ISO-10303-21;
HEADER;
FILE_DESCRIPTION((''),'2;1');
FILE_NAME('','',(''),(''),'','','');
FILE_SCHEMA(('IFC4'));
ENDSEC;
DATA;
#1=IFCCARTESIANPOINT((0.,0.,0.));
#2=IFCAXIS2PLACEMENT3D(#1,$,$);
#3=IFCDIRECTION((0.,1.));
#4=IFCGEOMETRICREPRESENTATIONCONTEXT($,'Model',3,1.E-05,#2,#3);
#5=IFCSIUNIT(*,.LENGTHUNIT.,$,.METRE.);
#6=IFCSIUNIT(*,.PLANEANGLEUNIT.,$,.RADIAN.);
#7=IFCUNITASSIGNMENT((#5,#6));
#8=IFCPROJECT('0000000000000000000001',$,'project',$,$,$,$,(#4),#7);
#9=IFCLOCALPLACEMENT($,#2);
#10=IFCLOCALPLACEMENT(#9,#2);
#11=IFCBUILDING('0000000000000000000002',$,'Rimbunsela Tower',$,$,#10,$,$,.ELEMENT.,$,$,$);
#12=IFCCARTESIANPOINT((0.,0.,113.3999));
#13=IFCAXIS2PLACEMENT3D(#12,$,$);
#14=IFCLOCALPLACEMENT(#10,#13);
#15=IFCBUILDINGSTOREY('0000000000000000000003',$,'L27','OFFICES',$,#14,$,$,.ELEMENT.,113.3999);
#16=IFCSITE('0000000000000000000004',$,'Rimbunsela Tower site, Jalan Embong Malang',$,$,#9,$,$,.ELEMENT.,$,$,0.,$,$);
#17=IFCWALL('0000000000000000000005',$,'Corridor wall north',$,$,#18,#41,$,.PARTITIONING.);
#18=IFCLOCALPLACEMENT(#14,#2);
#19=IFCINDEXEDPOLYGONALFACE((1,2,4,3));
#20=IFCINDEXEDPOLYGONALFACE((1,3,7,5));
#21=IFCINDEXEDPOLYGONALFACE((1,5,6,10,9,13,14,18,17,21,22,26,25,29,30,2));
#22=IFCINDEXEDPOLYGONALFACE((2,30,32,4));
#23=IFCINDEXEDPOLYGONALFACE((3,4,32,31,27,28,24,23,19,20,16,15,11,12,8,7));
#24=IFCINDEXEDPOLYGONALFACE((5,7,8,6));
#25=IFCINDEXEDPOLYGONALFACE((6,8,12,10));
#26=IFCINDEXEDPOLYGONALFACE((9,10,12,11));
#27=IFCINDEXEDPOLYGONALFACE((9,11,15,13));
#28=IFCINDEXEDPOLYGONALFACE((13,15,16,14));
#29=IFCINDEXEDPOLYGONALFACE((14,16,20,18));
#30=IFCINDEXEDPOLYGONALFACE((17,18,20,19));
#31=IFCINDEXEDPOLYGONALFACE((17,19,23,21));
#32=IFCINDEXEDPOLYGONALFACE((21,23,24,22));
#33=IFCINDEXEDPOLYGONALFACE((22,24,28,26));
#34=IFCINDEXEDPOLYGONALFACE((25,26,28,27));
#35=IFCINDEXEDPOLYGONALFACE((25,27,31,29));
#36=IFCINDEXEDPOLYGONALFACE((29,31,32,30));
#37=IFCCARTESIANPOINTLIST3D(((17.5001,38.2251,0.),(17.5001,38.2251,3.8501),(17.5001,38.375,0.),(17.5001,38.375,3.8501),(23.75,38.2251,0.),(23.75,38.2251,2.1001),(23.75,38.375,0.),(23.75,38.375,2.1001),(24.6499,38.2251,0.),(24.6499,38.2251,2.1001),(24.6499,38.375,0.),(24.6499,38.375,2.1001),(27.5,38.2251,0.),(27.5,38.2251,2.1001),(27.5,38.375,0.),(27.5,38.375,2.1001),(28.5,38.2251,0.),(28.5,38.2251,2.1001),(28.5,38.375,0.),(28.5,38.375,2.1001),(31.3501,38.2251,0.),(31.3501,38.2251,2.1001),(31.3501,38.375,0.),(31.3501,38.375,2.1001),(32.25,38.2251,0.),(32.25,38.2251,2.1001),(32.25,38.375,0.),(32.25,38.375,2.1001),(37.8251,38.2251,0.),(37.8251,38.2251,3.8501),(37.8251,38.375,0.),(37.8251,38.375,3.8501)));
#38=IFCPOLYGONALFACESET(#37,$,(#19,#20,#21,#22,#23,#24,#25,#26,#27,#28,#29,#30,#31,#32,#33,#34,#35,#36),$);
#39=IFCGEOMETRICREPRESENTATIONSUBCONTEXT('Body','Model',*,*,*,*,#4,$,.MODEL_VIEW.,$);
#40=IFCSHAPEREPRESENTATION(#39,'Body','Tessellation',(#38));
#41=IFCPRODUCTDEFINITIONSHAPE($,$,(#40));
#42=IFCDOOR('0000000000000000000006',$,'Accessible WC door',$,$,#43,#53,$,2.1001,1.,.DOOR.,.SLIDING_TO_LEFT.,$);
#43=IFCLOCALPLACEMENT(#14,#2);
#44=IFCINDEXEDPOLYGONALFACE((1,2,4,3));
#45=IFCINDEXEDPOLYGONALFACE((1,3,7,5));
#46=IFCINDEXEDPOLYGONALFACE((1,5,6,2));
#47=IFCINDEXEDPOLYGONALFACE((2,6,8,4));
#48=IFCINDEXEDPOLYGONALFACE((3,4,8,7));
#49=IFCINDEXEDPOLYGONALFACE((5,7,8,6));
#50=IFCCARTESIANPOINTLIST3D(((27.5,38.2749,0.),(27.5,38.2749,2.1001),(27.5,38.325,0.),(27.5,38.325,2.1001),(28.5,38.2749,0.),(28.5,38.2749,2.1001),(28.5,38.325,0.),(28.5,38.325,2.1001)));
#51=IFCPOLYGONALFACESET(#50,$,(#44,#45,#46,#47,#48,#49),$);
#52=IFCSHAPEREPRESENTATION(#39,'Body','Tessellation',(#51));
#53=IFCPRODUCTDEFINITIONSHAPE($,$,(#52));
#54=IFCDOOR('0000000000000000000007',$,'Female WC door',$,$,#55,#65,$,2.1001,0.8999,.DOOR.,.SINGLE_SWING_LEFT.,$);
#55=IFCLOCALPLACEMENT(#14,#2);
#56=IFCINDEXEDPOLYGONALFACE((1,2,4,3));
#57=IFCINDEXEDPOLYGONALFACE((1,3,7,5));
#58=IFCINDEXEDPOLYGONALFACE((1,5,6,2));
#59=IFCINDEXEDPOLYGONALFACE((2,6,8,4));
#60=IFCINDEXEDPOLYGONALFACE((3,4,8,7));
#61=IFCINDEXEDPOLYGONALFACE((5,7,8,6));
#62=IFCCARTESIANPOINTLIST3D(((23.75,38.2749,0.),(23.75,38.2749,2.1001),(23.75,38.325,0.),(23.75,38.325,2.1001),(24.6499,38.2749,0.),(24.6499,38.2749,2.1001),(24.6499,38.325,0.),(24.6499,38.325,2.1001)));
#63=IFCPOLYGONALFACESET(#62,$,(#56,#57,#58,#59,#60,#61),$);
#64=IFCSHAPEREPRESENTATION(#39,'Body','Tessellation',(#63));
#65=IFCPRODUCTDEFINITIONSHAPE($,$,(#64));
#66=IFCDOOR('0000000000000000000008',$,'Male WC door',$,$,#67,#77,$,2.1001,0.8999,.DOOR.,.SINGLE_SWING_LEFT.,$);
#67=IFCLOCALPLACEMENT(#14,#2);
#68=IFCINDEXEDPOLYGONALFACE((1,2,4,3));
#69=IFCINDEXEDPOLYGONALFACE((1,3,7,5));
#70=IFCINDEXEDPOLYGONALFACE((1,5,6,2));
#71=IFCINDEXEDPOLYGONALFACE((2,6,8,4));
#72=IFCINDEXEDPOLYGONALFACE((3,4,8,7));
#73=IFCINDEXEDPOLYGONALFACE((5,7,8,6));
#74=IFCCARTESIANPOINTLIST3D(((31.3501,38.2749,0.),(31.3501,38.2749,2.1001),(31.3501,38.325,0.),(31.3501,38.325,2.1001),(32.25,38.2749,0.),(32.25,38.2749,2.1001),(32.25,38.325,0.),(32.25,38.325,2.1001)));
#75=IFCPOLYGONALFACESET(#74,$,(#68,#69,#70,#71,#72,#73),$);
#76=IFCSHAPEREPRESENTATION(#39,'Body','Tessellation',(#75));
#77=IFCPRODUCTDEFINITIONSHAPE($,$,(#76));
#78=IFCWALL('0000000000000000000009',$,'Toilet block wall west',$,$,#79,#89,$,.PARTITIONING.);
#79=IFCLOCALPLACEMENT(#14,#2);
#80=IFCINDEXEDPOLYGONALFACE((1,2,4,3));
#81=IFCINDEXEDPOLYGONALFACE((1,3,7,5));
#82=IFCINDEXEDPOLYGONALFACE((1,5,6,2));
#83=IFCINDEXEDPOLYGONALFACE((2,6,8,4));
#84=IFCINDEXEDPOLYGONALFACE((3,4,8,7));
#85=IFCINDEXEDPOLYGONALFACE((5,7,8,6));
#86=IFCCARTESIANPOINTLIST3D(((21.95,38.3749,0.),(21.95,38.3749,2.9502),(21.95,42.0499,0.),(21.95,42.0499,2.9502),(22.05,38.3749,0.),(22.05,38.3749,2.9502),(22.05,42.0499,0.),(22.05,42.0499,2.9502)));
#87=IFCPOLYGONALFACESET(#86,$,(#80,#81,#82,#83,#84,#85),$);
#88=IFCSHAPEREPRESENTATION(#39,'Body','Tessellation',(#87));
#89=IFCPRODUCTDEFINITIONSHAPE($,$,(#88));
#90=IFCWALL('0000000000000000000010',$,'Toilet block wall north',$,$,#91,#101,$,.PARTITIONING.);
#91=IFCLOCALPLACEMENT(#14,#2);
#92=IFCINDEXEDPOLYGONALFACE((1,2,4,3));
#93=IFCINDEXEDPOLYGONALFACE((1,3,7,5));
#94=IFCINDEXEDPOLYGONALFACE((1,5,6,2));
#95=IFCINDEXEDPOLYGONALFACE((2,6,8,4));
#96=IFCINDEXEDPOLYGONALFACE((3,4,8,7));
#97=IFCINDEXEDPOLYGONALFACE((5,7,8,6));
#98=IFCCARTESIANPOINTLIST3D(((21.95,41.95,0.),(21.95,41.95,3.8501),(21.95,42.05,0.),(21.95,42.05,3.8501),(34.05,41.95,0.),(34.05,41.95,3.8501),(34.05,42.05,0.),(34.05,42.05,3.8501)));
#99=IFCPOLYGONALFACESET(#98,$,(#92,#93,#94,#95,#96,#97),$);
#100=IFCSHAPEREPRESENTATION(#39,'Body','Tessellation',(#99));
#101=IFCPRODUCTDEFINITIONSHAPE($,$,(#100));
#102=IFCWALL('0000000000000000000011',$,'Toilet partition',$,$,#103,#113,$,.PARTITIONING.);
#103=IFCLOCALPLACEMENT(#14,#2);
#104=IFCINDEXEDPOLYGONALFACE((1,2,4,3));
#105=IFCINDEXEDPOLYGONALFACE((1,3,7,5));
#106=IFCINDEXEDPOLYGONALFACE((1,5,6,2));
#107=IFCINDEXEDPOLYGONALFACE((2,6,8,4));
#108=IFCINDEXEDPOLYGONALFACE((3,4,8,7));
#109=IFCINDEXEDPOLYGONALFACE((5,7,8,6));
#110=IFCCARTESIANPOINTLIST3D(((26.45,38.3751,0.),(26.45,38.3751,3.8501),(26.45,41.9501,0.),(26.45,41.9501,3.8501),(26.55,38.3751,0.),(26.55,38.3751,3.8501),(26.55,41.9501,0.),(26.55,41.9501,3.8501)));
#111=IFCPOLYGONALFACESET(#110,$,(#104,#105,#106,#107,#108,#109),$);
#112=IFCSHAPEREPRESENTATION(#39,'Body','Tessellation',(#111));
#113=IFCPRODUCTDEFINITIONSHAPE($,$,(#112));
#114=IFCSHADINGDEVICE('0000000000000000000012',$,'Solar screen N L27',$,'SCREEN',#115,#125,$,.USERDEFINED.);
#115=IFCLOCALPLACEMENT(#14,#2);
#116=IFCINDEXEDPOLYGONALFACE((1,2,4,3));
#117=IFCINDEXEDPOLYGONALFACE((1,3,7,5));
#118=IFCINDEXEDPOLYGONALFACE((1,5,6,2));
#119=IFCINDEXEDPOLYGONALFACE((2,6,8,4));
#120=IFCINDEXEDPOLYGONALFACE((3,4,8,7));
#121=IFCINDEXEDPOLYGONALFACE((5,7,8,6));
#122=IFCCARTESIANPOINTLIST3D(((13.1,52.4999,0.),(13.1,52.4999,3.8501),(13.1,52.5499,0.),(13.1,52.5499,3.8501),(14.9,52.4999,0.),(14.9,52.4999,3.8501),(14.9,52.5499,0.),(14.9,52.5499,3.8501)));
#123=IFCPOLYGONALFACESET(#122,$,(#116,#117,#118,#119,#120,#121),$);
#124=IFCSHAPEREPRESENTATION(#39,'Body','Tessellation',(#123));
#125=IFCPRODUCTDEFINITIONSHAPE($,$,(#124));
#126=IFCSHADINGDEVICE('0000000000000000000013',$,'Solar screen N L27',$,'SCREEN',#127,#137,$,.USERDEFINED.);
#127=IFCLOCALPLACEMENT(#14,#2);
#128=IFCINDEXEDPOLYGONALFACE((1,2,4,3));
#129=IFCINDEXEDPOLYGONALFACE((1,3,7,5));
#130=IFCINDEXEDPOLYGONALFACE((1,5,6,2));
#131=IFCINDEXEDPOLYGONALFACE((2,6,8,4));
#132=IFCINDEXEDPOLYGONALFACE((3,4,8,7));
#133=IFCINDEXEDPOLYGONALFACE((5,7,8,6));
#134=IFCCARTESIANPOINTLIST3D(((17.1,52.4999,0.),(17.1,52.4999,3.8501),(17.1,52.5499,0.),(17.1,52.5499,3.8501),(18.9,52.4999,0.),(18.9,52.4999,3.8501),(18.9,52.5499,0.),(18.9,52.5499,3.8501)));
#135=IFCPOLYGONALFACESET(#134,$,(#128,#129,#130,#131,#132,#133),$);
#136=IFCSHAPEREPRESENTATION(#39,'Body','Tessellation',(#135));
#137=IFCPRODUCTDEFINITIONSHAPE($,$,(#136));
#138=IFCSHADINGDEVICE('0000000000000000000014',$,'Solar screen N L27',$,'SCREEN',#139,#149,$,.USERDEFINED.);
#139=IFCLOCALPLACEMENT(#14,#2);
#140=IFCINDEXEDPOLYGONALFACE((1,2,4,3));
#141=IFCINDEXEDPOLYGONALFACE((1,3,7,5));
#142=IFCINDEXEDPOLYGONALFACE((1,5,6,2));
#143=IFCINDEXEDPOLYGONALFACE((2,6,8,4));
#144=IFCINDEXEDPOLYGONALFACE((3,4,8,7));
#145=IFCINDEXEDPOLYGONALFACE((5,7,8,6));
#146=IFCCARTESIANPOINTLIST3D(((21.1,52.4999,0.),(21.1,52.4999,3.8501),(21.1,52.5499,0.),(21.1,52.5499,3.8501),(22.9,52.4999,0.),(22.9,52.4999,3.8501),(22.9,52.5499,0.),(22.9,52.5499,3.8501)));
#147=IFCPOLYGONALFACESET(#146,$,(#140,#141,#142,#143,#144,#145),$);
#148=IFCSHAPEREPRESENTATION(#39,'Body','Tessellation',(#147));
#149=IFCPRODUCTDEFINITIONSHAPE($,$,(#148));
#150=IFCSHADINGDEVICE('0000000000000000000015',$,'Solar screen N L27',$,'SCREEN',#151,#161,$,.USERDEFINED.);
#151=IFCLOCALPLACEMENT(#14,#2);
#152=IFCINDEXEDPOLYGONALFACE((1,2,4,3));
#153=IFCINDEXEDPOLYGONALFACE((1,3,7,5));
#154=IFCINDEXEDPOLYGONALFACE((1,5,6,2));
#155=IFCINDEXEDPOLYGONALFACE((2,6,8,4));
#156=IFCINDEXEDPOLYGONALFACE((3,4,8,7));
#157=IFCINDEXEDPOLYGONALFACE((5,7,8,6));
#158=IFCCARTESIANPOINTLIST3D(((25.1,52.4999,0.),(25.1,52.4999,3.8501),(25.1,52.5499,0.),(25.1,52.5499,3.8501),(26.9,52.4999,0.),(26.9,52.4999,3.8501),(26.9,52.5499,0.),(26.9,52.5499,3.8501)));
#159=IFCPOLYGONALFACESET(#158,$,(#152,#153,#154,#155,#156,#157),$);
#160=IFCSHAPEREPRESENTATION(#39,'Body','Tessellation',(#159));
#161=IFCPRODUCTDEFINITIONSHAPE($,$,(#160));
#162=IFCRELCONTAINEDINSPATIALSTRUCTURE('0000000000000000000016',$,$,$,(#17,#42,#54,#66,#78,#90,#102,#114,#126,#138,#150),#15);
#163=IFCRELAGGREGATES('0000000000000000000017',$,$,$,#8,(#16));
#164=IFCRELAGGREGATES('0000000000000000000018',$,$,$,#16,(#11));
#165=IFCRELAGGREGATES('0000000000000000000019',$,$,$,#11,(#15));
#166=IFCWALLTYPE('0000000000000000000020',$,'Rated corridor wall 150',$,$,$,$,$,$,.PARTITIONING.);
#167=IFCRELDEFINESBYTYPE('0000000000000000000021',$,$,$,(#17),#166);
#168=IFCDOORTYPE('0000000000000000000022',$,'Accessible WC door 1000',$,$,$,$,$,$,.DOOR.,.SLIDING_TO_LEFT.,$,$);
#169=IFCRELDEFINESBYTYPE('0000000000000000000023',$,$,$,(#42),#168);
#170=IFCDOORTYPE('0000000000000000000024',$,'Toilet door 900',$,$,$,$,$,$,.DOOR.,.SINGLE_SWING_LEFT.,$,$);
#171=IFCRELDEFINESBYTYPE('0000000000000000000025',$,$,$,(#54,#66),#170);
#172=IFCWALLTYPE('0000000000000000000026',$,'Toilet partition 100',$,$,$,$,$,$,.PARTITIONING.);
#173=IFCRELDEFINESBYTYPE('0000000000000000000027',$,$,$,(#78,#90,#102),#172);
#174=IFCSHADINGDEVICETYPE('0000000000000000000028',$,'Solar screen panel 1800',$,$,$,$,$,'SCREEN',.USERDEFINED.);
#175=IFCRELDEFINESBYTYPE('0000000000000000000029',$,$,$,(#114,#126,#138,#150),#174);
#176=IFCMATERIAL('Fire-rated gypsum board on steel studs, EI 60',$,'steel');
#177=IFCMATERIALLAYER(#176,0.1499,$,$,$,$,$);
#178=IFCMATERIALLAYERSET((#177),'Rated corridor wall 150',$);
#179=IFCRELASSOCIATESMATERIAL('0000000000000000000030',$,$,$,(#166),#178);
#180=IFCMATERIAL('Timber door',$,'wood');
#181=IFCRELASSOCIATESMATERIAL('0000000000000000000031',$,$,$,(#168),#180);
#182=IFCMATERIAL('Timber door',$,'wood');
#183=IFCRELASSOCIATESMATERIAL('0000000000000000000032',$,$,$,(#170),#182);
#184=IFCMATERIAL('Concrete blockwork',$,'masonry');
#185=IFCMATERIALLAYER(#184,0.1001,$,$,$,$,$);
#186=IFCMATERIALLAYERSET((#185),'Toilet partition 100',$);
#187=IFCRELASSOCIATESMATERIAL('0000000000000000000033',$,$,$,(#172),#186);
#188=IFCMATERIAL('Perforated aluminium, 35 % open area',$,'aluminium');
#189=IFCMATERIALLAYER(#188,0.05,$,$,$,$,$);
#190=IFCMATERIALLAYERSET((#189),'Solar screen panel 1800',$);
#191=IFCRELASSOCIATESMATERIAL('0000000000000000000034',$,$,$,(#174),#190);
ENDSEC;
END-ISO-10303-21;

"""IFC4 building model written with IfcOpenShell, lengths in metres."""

from ifc_helpers import new_model, si_unit, direction, frame, frame_2d, origin, origin_2d, place, context, subcontext, project, spatial, rectangle, extrude, material, layer, layer_set, type_object, element, fill, save


model = new_model("IFC4")

# Units and contexts
model_context = context("Model", 3, precision=1e-05, world=origin(), true_north=direction((0.0, 1.0)))
body_context = subcontext(model_context, "Body", "Model", "MODEL_VIEW")
ifc_project = project(units=[si_unit("LENGTHUNIT", "METRE"), si_unit("PLANEANGLEUNIT", "RADIAN")], contexts=[model_context])

# Site, building, storey
site_placement = place(None, origin())
site = spatial("IfcSite", under=ifc_project, at=site_placement, Name="Rimbunsela Tower site, Jalan Embong Malang", CompositionType="ELEMENT", RefElevation=0.0)
building_placement = place(site_placement, origin())
building = spatial("IfcBuilding", under=site, at=building_placement, Name="Rimbunsela Tower", CompositionType="ELEMENT")
storey_placement = place(building_placement, frame((0.0, 0.0, 113.3999)))
storey = spatial("IfcBuildingStorey", under=building, at=storey_placement, Name="L27", Description="OFFICES", CompositionType="ELEMENT", Elevation=113.3999)

# Wall, openings, doors
ifc_material_1 = material(Name="Fire-rated gypsum board on steel studs, EI 60", Category="steel")
ifc_layer_1 = layer(ifc_material_1, 0.1499)
ifc_layer_set_1 = layer_set([ifc_layer_1], Name="Rated corridor wall 150")
wall_type_1 = type_object("IfcWallType", Name="Rated corridor wall 150", PredefinedType="PARTITIONING", material=ifc_layer_set_1)
wall_1_placement = place(storey_placement, frame((17.5, 38.3, 0.0), z_axis=(0.0, 0.0, 1.0), x_axis=(1.0, 0.0, 0.0)))
wall_1 = element("IfcWall", 1, at=wall_1_placement, inside=storey, type_object=wall_type_1, Name="Corridor wall north", PredefinedType="PARTITIONING", context=body_context, shape_type="SweptSolid", body=[
    extrude(rectangle(XDim=20.325, YDim=0.1499, at=frame_2d((10.1626, 0.0))), origin(), (0.0, 0.0, 1.0), 3.8501),
])
opening_1_placement = place(wall_1_placement, frame((6.25, 0.0, 0.0)))
opening_1 = element("IfcOpeningElement", 2, at=opening_1_placement, cuts=wall_1, PredefinedType="OPENING", context=body_context, shape_type="SweptSolid", body=[
    extrude(rectangle(XDim=0.8999, YDim=2.1001, at=frame_2d((0.45, 1.05))), frame((0.0, 0.085, 0.0), z_axis=(0.0, -1.0, 0.0), x_axis=(1.0, 0.0, 0.0)), (0.0, 0.0, 1.0), 0.1699),
])
opening_2_placement = place(wall_1_placement, frame((10.0, 0.0, 0.0)))
opening_2 = element("IfcOpeningElement", 3, at=opening_2_placement, cuts=wall_1, PredefinedType="OPENING", context=body_context, shape_type="SweptSolid", body=[
    extrude(rectangle(XDim=1.0, YDim=2.1001, at=frame_2d((0.5, 1.05))), frame((0.0, 0.085, 0.0), z_axis=(0.0, -1.0, 0.0), x_axis=(1.0, 0.0, 0.0)), (0.0, 0.0, 1.0), 0.1699),
])
opening_3_placement = place(wall_1_placement, frame((13.8501, 0.0, 0.0)))
opening_3 = element("IfcOpeningElement", 4, at=opening_3_placement, cuts=wall_1, PredefinedType="OPENING", context=body_context, shape_type="SweptSolid", body=[
    extrude(rectangle(XDim=0.8999, YDim=2.1001, at=frame_2d((0.45, 1.05))), frame((0.0, 0.085, 0.0), z_axis=(0.0, -1.0, 0.0), x_axis=(1.0, 0.0, 0.0)), (0.0, 0.0, 1.0), 0.1699),
])
ifc_material_2 = material(Name="Timber door", Category="wood")
door_type_1 = type_object("IfcDoorType", Name="Accessible WC door 1000", OperationType="SLIDING_TO_LEFT", PredefinedType="DOOR", material=ifc_material_2)
door_1_placement = place(opening_2_placement, origin())
door_1 = element("IfcDoor", 5, at=door_1_placement, inside=storey, type_object=door_type_1, Name="Accessible WC door", OperationType="SLIDING_TO_LEFT", OverallHeight=2.1001, OverallWidth=1.0, PredefinedType="DOOR", context=body_context, shape_type="SweptSolid", body=[
    extrude(rectangle(XDim=1.0, YDim=2.1001, at=frame_2d((0.5, 1.05))), frame((0.0, 0.0249, 0.0), z_axis=(0.0, -1.0, 0.0), x_axis=(1.0, 0.0, 0.0)), (0.0, 0.0, 1.0), 0.05),
])
fill(opening_2, door_1)
ifc_material_3 = material(Name="Timber door", Category="wood")
door_type_2 = type_object("IfcDoorType", Name="Toilet door 900", OperationType="SINGLE_SWING_LEFT", PredefinedType="DOOR", material=ifc_material_3)
door_2_placement = place(opening_1_placement, origin())
door_2 = element("IfcDoor", 6, at=door_2_placement, inside=storey, type_object=door_type_2, Name="Female WC door", OperationType="SINGLE_SWING_LEFT", OverallHeight=2.1001, OverallWidth=0.8999, PredefinedType="DOOR", context=body_context, shape_type="SweptSolid", body=[
    extrude(rectangle(XDim=0.8999, YDim=2.1001, at=frame_2d((0.45, 1.05))), frame((0.0, 0.0249, 0.0), z_axis=(0.0, -1.0, 0.0), x_axis=(1.0, 0.0, 0.0)), (0.0, 0.0, 1.0), 0.05),
])
fill(opening_1, door_2)
door_3_placement = place(opening_3_placement, origin())
door_3 = element("IfcDoor", 7, at=door_3_placement, inside=storey, type_object=door_type_2, Name="Male WC door", OperationType="SINGLE_SWING_LEFT", OverallHeight=2.1001, OverallWidth=0.8999, PredefinedType="DOOR", context=body_context, shape_type="SweptSolid", body=[
    extrude(rectangle(XDim=0.8999, YDim=2.1001, at=frame_2d((0.45, 1.05))), frame((0.0, 0.0249, 0.0), z_axis=(0.0, -1.0, 0.0), x_axis=(1.0, 0.0, 0.0)), (0.0, 0.0, 1.0), 0.05),
])
fill(opening_3, door_3)

# Walls
ifc_material_4 = material(Name="Concrete blockwork", Category="masonry")
ifc_layer_2 = layer(ifc_material_4, 0.1001)
ifc_layer_set_2 = layer_set([ifc_layer_2], Name="Toilet partition 100")
wall_type_2 = type_object("IfcWallType", Name="Toilet partition 100", PredefinedType="PARTITIONING", material=ifc_layer_set_2)
wall_2_placement = place(storey_placement, frame((22.0, 38.375, 0.0), z_axis=(0.0, 0.0, 1.0), x_axis=(0.0, 1.0, 0.0)))
element("IfcWall", 8, at=wall_2_placement, inside=storey, type_object=wall_type_2, Name="Toilet block wall west", PredefinedType="PARTITIONING", context=body_context, shape_type="SweptSolid", body=[
    extrude(rectangle(XDim=3.675, YDim=0.1001, at=frame_2d((1.8374, 0.0))), origin(), (0.0, 0.0, 1.0), 2.9502),
])
wall_3_placement = place(storey_placement, frame((21.95, 42.0, 0.0), z_axis=(0.0, 0.0, 1.0), x_axis=(1.0, 0.0, 0.0)))
element("IfcWall", 9, at=wall_3_placement, inside=storey, type_object=wall_type_2, Name="Toilet block wall north", PredefinedType="PARTITIONING", context=body_context, shape_type="SweptSolid", body=[
    extrude(rectangle(XDim=12.1001, YDim=0.1001, at=frame_2d((6.05, 0.0))), origin(), (0.0, 0.0, 1.0), 3.8501),
])
wall_4_placement = place(storey_placement, frame((26.5, 38.375, 0.0), z_axis=(0.0, 0.0, 1.0), x_axis=(0.0, 1.0, 0.0)))
element("IfcWall", 10, at=wall_4_placement, inside=storey, type_object=wall_type_2, Name="Toilet partition", PredefinedType="PARTITIONING", context=body_context, shape_type="SweptSolid", body=[
    extrude(rectangle(XDim=3.575, YDim=0.1001, at=frame_2d((1.7876, 0.0))), origin(), (0.0, 0.0, 1.0), 3.8501),
])

# Shading devices
ifc_material_5 = material(Name="Perforated aluminium, 35 % open area", Category="aluminium")
ifc_layer_3 = layer(ifc_material_5, 0.05)
ifc_layer_set_3 = layer_set([ifc_layer_3], Name="Solar screen panel 1800")
shading_device_type = type_object("IfcShadingDeviceType", Name="Solar screen panel 1800", ElementType="SCREEN", PredefinedType="USERDEFINED", material=ifc_layer_set_3)
for number, where, z_axis, x_axis, name in (
    (11, (14.0, 52.5249, 0.0), (0.0, 0.0, 1.0), (1.0, 0.0, 0.0), "Solar screen N L27"),
    (12, (18.0, 52.5249, 0.0), (0.0, 0.0, 1.0), (1.0, 0.0, 0.0), "Solar screen N L27"),
    (13, (22.0, 52.5249, 0.0), (0.0, 0.0, 1.0), (1.0, 0.0, 0.0), "Solar screen N L27"),
    (14, (26.0, 52.5249, 0.0), (0.0, 0.0, 1.0), (1.0, 0.0, 0.0), "Solar screen N L27"),
):
    element("IfcShadingDevice", number, at=place(storey_placement, frame(where, z_axis=z_axis, x_axis=x_axis)), inside=storey, type_object=shading_device_type, Name=name, ObjectType="SCREEN", PredefinedType="USERDEFINED", context=body_context, shape_type="SweptSolid", body=[
        extrude(rectangle(XDim=1.8, YDim=0.05, at=origin_2d()), origin(), (0.0, 0.0, 1.0), 3.8501),
    ])

save(model, "model.ifc")
